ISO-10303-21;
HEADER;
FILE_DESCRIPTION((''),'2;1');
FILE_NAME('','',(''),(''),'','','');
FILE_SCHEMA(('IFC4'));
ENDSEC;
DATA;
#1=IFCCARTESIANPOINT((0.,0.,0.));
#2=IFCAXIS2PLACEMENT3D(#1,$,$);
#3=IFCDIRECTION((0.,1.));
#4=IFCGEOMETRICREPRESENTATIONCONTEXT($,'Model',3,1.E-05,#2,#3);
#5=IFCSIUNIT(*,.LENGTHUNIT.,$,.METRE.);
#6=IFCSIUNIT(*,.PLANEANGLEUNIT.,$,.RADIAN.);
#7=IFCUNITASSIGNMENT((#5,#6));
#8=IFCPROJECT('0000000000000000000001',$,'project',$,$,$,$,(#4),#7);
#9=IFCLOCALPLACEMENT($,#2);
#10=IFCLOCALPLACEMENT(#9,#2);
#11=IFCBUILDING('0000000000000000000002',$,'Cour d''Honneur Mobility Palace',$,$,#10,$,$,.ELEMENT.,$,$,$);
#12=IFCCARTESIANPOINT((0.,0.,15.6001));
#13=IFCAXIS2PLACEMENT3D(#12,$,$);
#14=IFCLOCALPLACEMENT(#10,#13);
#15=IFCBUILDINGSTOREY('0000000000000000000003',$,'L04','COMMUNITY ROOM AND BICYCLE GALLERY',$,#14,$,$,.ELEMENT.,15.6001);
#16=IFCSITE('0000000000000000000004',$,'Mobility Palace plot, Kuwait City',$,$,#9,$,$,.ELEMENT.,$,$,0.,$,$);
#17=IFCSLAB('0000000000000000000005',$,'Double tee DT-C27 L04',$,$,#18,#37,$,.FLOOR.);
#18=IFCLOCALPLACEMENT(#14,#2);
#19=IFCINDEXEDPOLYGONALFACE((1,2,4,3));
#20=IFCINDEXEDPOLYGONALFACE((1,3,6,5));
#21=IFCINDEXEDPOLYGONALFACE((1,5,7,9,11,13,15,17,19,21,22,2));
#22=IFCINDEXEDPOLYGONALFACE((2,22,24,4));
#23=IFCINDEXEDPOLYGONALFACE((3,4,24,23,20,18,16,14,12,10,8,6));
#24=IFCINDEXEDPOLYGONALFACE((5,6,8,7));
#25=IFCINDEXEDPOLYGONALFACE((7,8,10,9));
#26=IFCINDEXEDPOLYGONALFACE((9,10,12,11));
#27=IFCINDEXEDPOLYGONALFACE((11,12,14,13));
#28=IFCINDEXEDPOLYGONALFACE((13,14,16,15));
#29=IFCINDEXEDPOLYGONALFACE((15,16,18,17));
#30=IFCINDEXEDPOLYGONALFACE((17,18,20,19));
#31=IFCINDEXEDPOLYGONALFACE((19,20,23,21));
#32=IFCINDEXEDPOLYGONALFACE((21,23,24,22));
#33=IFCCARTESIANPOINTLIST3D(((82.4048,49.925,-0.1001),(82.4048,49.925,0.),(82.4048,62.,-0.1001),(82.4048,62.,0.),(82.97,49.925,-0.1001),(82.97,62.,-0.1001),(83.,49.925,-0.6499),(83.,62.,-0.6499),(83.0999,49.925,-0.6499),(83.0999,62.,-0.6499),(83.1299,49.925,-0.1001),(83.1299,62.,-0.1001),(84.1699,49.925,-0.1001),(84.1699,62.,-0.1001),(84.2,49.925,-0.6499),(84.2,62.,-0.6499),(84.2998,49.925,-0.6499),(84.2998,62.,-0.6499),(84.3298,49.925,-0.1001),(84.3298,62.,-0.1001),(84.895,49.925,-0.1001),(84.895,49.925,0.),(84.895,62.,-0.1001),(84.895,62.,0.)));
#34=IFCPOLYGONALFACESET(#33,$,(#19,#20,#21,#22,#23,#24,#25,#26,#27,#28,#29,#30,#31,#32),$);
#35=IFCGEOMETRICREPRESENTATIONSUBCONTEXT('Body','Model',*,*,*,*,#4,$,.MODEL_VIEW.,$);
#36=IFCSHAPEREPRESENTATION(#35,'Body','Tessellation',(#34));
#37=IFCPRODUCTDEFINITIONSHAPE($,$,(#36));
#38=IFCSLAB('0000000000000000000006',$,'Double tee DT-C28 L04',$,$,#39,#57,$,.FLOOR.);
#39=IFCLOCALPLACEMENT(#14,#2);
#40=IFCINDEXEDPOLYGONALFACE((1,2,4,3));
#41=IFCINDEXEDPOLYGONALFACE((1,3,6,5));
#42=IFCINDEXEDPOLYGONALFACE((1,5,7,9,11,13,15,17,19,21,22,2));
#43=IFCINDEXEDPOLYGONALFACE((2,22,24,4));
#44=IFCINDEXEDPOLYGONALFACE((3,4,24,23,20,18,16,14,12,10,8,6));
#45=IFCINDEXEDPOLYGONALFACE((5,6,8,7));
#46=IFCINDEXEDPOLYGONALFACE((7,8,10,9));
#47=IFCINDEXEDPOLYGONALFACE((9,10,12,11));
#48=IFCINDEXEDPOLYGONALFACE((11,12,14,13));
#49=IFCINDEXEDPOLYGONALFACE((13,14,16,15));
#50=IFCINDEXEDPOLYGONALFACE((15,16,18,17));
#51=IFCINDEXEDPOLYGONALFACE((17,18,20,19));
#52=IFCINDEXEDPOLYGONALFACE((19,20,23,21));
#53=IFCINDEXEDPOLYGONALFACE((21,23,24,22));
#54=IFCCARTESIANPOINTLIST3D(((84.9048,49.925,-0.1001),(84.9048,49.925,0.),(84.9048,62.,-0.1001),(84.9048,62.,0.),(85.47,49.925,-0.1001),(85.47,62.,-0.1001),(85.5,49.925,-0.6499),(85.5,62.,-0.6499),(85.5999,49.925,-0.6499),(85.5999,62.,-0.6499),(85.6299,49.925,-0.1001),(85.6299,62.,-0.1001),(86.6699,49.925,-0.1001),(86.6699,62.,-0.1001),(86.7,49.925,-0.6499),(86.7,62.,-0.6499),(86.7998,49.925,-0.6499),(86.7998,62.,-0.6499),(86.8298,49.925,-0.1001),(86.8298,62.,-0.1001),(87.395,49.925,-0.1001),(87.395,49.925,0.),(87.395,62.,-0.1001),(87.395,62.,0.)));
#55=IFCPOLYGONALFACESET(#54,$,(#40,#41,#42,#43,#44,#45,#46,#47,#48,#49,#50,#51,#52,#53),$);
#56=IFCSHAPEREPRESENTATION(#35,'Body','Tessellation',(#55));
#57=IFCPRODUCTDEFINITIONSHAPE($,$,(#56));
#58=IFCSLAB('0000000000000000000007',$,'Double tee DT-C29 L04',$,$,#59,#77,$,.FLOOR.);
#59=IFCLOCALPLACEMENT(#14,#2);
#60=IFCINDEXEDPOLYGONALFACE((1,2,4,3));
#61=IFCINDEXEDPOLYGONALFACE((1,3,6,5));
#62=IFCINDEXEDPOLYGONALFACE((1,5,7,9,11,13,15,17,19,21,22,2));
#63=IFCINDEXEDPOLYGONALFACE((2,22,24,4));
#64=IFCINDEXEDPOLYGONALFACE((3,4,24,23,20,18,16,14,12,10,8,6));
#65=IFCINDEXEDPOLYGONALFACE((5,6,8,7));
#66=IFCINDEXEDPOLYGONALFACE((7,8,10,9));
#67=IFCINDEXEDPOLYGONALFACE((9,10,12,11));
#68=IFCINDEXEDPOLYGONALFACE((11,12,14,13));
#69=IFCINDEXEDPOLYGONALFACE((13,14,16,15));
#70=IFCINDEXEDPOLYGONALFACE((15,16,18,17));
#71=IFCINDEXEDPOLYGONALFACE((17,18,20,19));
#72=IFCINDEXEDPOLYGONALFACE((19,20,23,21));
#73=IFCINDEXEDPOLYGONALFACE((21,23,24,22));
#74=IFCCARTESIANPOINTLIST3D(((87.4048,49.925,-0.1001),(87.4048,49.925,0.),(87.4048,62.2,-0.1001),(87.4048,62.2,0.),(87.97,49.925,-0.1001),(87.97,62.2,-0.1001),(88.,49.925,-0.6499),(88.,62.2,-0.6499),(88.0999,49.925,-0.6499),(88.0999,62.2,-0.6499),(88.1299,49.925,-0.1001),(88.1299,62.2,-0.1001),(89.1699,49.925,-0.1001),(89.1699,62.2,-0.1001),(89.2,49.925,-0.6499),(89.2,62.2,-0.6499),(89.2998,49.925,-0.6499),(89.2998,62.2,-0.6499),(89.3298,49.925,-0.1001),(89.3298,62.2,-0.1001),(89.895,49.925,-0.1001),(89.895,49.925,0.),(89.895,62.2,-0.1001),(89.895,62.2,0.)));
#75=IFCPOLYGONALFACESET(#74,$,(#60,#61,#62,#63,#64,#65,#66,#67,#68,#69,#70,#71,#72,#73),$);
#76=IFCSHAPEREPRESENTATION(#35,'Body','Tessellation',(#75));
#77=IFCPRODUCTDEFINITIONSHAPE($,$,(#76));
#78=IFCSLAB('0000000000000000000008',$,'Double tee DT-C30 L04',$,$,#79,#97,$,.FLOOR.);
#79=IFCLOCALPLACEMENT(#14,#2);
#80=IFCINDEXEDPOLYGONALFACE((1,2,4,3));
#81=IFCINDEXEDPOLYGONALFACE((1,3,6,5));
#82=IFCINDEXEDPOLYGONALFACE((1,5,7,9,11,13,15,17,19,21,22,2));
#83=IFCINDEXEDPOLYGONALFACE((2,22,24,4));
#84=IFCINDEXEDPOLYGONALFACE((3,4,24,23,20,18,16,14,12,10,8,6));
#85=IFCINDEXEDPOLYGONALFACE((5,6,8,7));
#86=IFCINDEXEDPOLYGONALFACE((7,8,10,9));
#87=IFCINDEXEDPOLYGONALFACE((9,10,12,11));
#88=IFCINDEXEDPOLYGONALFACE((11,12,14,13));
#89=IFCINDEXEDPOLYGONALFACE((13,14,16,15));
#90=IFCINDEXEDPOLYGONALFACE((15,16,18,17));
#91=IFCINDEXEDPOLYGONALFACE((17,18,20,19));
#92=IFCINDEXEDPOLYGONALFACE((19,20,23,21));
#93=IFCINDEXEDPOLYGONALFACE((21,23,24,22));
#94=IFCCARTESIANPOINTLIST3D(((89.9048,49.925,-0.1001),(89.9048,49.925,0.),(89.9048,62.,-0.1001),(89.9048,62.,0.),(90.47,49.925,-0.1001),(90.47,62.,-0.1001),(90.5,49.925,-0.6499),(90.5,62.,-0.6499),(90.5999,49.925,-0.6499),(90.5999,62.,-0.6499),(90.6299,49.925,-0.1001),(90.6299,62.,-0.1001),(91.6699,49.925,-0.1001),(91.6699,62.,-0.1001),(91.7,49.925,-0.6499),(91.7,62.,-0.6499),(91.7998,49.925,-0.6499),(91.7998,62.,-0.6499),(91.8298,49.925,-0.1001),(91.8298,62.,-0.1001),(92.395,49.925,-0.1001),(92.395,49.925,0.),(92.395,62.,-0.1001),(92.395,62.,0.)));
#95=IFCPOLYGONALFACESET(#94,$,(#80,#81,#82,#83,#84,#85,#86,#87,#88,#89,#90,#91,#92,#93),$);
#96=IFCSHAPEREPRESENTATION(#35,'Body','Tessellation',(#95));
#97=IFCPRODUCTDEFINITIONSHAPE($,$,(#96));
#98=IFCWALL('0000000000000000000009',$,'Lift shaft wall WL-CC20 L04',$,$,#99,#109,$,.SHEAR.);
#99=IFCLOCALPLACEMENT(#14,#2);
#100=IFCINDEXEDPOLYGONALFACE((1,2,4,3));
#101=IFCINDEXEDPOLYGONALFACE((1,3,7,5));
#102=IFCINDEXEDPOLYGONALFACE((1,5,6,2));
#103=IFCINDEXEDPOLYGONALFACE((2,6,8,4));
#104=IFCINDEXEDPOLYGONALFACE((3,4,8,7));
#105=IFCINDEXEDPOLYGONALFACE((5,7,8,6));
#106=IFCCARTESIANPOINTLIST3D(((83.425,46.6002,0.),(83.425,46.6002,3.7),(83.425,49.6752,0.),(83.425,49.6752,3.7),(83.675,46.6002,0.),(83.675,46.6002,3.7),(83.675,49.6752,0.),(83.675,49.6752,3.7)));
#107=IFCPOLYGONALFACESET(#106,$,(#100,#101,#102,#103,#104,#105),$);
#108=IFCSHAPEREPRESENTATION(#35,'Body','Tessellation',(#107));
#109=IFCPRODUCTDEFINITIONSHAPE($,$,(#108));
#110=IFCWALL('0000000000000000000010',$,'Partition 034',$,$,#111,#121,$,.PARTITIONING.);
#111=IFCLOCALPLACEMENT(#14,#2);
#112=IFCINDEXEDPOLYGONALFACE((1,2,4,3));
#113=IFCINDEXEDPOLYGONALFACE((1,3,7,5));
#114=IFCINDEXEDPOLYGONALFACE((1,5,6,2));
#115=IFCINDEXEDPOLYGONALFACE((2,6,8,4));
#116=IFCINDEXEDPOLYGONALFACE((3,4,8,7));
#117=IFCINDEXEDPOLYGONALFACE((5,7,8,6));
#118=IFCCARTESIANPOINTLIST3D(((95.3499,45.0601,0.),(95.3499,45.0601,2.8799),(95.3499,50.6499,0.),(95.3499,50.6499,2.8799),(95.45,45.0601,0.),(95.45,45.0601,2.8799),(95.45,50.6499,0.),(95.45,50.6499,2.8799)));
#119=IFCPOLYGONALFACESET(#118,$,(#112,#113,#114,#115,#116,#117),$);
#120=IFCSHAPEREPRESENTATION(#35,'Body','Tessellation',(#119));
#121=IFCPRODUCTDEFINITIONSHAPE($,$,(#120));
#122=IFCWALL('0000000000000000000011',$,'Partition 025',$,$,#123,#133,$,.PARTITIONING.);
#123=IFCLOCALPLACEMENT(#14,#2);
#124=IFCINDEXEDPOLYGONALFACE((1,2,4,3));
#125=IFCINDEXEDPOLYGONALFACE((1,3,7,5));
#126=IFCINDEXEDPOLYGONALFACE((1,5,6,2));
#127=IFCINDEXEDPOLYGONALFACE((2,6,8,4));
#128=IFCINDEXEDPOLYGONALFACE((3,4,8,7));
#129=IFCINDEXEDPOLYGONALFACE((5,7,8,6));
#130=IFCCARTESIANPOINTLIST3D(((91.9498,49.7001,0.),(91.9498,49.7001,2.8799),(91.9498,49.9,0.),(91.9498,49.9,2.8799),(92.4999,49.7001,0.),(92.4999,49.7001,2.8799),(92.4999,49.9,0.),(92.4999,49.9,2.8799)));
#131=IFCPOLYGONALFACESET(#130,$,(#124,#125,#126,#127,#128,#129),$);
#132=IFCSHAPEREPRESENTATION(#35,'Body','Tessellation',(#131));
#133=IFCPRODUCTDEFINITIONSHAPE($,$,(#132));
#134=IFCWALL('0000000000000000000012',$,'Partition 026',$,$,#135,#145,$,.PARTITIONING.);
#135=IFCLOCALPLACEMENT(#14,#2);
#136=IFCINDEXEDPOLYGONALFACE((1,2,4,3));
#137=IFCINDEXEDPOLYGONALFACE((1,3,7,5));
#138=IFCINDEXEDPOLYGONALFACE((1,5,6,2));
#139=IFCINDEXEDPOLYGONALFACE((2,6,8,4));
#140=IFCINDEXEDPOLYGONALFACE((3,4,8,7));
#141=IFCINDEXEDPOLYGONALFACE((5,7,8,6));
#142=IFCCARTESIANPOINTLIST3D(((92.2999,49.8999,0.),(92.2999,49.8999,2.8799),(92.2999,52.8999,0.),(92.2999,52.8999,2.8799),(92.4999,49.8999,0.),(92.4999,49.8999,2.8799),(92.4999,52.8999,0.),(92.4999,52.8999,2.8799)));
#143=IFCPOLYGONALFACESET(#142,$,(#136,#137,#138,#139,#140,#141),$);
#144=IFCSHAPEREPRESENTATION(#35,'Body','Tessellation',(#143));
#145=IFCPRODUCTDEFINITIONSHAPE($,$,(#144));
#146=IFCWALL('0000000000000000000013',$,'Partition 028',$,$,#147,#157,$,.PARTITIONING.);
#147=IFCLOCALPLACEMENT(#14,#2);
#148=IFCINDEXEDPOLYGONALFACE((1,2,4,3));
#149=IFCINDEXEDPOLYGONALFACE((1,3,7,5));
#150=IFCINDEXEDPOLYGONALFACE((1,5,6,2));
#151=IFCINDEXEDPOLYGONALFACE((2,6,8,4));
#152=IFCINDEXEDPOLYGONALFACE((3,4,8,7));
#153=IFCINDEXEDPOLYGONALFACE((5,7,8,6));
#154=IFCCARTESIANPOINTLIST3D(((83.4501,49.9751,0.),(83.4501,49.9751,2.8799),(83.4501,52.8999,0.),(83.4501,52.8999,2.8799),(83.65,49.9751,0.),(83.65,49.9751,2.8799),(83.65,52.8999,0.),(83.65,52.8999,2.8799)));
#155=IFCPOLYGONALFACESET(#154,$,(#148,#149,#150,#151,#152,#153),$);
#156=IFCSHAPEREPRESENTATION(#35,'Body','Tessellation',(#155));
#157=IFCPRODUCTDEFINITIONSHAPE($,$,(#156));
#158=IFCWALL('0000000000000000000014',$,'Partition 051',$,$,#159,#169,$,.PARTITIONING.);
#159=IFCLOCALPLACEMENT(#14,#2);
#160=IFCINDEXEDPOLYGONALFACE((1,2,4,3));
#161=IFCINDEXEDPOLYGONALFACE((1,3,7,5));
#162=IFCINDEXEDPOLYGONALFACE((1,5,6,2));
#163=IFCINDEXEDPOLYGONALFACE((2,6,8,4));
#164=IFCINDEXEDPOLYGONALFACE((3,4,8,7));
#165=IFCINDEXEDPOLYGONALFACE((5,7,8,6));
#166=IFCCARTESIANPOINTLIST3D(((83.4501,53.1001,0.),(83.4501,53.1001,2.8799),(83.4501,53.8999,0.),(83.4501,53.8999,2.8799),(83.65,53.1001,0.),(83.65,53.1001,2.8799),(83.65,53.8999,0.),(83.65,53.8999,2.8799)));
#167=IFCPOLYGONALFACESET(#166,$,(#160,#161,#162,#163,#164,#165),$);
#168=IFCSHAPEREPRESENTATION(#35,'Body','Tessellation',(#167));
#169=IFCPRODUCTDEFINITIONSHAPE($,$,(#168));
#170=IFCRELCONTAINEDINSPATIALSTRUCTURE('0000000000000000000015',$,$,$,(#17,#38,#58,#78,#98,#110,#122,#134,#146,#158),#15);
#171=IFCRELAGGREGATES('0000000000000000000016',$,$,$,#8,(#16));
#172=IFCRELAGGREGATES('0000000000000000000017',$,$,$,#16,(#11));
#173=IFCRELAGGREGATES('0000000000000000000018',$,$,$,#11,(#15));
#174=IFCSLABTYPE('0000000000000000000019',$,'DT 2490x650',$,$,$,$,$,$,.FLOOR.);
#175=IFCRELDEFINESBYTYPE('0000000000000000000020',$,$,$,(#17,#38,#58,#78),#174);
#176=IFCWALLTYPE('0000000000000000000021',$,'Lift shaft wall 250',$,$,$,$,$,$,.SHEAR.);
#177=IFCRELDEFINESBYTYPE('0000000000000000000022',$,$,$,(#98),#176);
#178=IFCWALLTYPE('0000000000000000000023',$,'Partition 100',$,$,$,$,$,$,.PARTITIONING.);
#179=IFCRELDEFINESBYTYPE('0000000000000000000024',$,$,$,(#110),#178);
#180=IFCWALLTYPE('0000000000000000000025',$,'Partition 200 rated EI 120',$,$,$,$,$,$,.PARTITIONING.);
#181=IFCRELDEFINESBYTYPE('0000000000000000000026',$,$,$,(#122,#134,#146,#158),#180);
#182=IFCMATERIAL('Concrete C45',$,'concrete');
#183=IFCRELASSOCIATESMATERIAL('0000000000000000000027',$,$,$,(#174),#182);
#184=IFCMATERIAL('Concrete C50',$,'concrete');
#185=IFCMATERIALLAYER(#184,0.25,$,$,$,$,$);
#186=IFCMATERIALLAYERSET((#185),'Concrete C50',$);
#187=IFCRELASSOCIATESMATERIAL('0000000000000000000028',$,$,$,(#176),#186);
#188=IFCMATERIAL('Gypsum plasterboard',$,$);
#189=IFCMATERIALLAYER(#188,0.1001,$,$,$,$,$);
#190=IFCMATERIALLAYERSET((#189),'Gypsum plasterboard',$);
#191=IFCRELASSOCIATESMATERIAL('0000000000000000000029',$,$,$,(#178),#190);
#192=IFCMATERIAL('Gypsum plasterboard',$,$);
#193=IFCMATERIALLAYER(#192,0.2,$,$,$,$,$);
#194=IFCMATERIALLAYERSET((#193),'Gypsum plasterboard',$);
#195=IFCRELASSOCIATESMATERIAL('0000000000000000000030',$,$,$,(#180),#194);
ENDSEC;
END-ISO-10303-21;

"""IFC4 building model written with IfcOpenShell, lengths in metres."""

from ifc_helpers import new_model, si_unit, direction, frame, frame_2d, origin, place, context, subcontext, project, spatial, polyline, rectangle, outline, extrude, material, layer, layer_set, material_profile, profile_set, type_object, element, save


model = new_model("IFC4")

# Units and contexts
model_context = context("Model", 3, precision=1e-05, world=origin(), true_north=direction((0.0, 1.0)))
body_context = subcontext(model_context, "Body", "Model", "MODEL_VIEW")
ifc_project = project(units=[si_unit("LENGTHUNIT", "METRE"), si_unit("PLANEANGLEUNIT", "RADIAN")], contexts=[model_context])

# Site, building, storey
site_placement = place(None, origin())
site = spatial("IfcSite", under=ifc_project, at=site_placement, Name="Mobility Palace plot, Kuwait City", CompositionType="ELEMENT", RefElevation=0.0)
building_placement = place(site_placement, origin())
building = spatial("IfcBuilding", under=site, at=building_placement, Name="Cour d'Honneur Mobility Palace", CompositionType="ELEMENT")
storey_placement = place(building_placement, frame((0.0, 0.0, 15.6001)))
storey = spatial("IfcBuildingStorey", under=building, at=storey_placement, Name="L04", Description="COMMUNITY ROOM AND BICYCLE GALLERY", CompositionType="ELEMENT", Elevation=15.6001)

# Slabs
ifc_material_1 = material(Name="Concrete C45", Category="concrete")
ifc_material_profile = material_profile(ifc_material_1, outline(polyline([(-1.2451, 0.0), (1.2451, 0.0), (1.2451, -0.1001), (0.6799, -0.1001), (0.6499, -0.6499), (0.55, -0.6499), (0.52, -0.1001), (-0.52, -0.1001), (-0.55, -0.6499), (-0.6499, -0.6499), (-0.6799, -0.1001), (-1.2451, -0.1001), (-1.2451, 0.0)])), Name="DT 2490x650")
ifc_profile_set = profile_set([ifc_material_profile], Name="Concrete C45")
slab_type = type_object("IfcSlabType", Name="DT 2490x650", PredefinedType="FLOOR", material=ifc_profile_set)
for number, where, z_axis, x_axis, name in (
    (1, (83.6499, 49.925, 0.0), (0.0, 1.0, 0.0), (-1.0, 0.0, 0.0), "Double tee DT-C27 L04"),
    (2, (86.1499, 49.925, 0.0), (0.0, 1.0, 0.0), (-1.0, 0.0, 0.0), "Double tee DT-C28 L04"),
):
    element("IfcSlab", number, at=place(storey_placement, frame(where, z_axis=z_axis, x_axis=x_axis)), inside=storey, type_object=slab_type, Name=name, PredefinedType="FLOOR", context=body_context, shape_type="SweptSolid", body=[
        extrude(outline(polyline([(-1.2451, 0.0), (1.2451, 0.0), (1.2451, -0.1001), (0.6799, -0.1001), (0.6499, -0.6499), (0.55, -0.6499), (0.52, -0.1001), (-0.52, -0.1001), (-0.55, -0.6499), (-0.6499, -0.6499), (-0.6799, -0.1001), (-1.2451, -0.1001), (-1.2451, 0.0)])), origin(), (0.0, 0.0, 1.0), 12.075),
    ])
slab_1_placement = place(storey_placement, frame((88.6499, 49.925, 0.0), z_axis=(0.0, 1.0, 0.0), x_axis=(-1.0, 0.0, 0.0)))
element("IfcSlab", 3, at=slab_1_placement, inside=storey, type_object=slab_type, Name="Double tee DT-C29 L04", PredefinedType="FLOOR", context=body_context, shape_type="SweptSolid", body=[
    extrude(outline(polyline([(-1.2451, 0.0), (1.2451, 0.0), (1.2451, -0.1001), (0.6799, -0.1001), (0.6499, -0.6499), (0.55, -0.6499), (0.52, -0.1001), (-0.52, -0.1001), (-0.55, -0.6499), (-0.6499, -0.6499), (-0.6799, -0.1001), (-1.2451, -0.1001), (-1.2451, 0.0)])), origin(), (0.0, 0.0, 1.0), 12.2749),
])
slab_2_placement = place(storey_placement, frame((91.1499, 49.925, 0.0), z_axis=(0.0, 1.0, 0.0), x_axis=(-1.0, 0.0, 0.0)))
element("IfcSlab", 4, at=slab_2_placement, inside=storey, type_object=slab_type, Name="Double tee DT-C30 L04", PredefinedType="FLOOR", context=body_context, shape_type="SweptSolid", body=[
    extrude(outline(polyline([(-1.2451, 0.0), (1.2451, 0.0), (1.2451, -0.1001), (0.6799, -0.1001), (0.6499, -0.6499), (0.55, -0.6499), (0.52, -0.1001), (-0.52, -0.1001), (-0.55, -0.6499), (-0.6499, -0.6499), (-0.6799, -0.1001), (-1.2451, -0.1001), (-1.2451, 0.0)])), origin(), (0.0, 0.0, 1.0), 12.075),
])

# Walls
ifc_material_2 = material(Name="Concrete C50", Category="concrete")
ifc_layer_1 = layer(ifc_material_2, 0.25)
ifc_layer_set_1 = layer_set([ifc_layer_1], Name="Concrete C50")
wall_type_1 = type_object("IfcWallType", Name="Lift shaft wall 250", PredefinedType="SHEAR", material=ifc_layer_set_1)
wall_1_placement = place(storey_placement, frame((83.55, 46.6001, 0.0), z_axis=(0.0, 0.0, 1.0), x_axis=(0.0, 1.0, 0.0)))
element("IfcWall", 5, at=wall_1_placement, inside=storey, type_object=wall_type_1, Name="Lift shaft wall WL-CC20 L04", PredefinedType="SHEAR", context=body_context, shape_type="SweptSolid", body=[
    extrude(rectangle(XDim=3.075, YDim=0.25, at=frame_2d((1.5376, 0.0))), origin(), (0.0, 0.0, 1.0), 3.7),
])
ifc_material_3 = material(Name="Gypsum plasterboard")
ifc_layer_2 = layer(ifc_material_3, 0.1001)
ifc_layer_set_2 = layer_set([ifc_layer_2], Name="Gypsum plasterboard")
wall_type_2 = type_object("IfcWallType", Name="Partition 100", PredefinedType="PARTITIONING", material=ifc_layer_set_2)
wall_2_placement = place(storey_placement, frame((95.3999, 50.6499, 0.0), z_axis=(0.0, 0.0, 1.0), x_axis=(0.0, -1.0, 0.0)))
element("IfcWall", 6, at=wall_2_placement, inside=storey, type_object=wall_type_2, Name="Partition 034", PredefinedType="PARTITIONING", context=body_context, shape_type="SweptSolid", body=[
    extrude(rectangle(XDim=5.5898, YDim=0.1001, at=frame_2d((2.7949, 0.0))), origin(), (0.0, 0.0, 1.0), 2.8799),
])
ifc_material_4 = material(Name="Gypsum plasterboard")
ifc_layer_3 = layer(ifc_material_4, 0.2)
ifc_layer_set_3 = layer_set([ifc_layer_3], Name="Gypsum plasterboard")
wall_type_3 = type_object("IfcWallType", Name="Partition 200 rated EI 120", PredefinedType="PARTITIONING", material=ifc_layer_set_3)
wall_3_placement = place(storey_placement, frame((91.95, 49.8, 0.0), z_axis=(0.0, 0.0, 1.0), x_axis=(1.0, 0.0, 0.0)))
element("IfcWall", 7, at=wall_3_placement, inside=storey, type_object=wall_type_3, Name="Partition 025", PredefinedType="PARTITIONING", context=body_context, shape_type="SweptSolid", body=[
    extrude(rectangle(XDim=0.55, YDim=0.2, at=frame_2d((0.2749, 0.0))), origin(), (0.0, 0.0, 1.0), 2.8799),
])
wall_4_placement = place(storey_placement, frame((92.3999, 49.8999, 0.0), z_axis=(0.0, 0.0, 1.0), x_axis=(0.0, 1.0, 0.0)))
element("IfcWall", 8, at=wall_4_placement, inside=storey, type_object=wall_type_3, Name="Partition 026", PredefinedType="PARTITIONING", context=body_context, shape_type="SweptSolid", body=[
    extrude(rectangle(XDim=3.0, YDim=0.2, at=frame_2d((1.5, 0.0))), origin(), (0.0, 0.0, 1.0), 2.8799),
])
wall_5_placement = place(storey_placement, frame((83.55, 49.9751, 0.0), z_axis=(0.0, 0.0, 1.0), x_axis=(0.0, 1.0, 0.0)))
element("IfcWall", 9, at=wall_5_placement, inside=storey, type_object=wall_type_3, Name="Partition 028", PredefinedType="PARTITIONING", context=body_context, shape_type="SweptSolid", body=[
    extrude(rectangle(XDim=2.9248, YDim=0.2, at=frame_2d((1.4624, 0.0))), origin(), (0.0, 0.0, 1.0), 2.8799),
])
wall_6_placement = place(storey_placement, frame((83.55, 53.1001, 0.0), z_axis=(0.0, 0.0, 1.0), x_axis=(0.0, 1.0, 0.0)))
element("IfcWall", 10, at=wall_6_placement, inside=storey, type_object=wall_type_3, Name="Partition 051", PredefinedType="PARTITIONING", context=body_context, shape_type="SweptSolid", body=[
    extrude(rectangle(XDim=0.7998, YDim=0.2, at=frame_2d((0.3999, 0.0))), origin(), (0.0, 0.0, 1.0), 2.8799),
])

save(model, "model.ifc")
